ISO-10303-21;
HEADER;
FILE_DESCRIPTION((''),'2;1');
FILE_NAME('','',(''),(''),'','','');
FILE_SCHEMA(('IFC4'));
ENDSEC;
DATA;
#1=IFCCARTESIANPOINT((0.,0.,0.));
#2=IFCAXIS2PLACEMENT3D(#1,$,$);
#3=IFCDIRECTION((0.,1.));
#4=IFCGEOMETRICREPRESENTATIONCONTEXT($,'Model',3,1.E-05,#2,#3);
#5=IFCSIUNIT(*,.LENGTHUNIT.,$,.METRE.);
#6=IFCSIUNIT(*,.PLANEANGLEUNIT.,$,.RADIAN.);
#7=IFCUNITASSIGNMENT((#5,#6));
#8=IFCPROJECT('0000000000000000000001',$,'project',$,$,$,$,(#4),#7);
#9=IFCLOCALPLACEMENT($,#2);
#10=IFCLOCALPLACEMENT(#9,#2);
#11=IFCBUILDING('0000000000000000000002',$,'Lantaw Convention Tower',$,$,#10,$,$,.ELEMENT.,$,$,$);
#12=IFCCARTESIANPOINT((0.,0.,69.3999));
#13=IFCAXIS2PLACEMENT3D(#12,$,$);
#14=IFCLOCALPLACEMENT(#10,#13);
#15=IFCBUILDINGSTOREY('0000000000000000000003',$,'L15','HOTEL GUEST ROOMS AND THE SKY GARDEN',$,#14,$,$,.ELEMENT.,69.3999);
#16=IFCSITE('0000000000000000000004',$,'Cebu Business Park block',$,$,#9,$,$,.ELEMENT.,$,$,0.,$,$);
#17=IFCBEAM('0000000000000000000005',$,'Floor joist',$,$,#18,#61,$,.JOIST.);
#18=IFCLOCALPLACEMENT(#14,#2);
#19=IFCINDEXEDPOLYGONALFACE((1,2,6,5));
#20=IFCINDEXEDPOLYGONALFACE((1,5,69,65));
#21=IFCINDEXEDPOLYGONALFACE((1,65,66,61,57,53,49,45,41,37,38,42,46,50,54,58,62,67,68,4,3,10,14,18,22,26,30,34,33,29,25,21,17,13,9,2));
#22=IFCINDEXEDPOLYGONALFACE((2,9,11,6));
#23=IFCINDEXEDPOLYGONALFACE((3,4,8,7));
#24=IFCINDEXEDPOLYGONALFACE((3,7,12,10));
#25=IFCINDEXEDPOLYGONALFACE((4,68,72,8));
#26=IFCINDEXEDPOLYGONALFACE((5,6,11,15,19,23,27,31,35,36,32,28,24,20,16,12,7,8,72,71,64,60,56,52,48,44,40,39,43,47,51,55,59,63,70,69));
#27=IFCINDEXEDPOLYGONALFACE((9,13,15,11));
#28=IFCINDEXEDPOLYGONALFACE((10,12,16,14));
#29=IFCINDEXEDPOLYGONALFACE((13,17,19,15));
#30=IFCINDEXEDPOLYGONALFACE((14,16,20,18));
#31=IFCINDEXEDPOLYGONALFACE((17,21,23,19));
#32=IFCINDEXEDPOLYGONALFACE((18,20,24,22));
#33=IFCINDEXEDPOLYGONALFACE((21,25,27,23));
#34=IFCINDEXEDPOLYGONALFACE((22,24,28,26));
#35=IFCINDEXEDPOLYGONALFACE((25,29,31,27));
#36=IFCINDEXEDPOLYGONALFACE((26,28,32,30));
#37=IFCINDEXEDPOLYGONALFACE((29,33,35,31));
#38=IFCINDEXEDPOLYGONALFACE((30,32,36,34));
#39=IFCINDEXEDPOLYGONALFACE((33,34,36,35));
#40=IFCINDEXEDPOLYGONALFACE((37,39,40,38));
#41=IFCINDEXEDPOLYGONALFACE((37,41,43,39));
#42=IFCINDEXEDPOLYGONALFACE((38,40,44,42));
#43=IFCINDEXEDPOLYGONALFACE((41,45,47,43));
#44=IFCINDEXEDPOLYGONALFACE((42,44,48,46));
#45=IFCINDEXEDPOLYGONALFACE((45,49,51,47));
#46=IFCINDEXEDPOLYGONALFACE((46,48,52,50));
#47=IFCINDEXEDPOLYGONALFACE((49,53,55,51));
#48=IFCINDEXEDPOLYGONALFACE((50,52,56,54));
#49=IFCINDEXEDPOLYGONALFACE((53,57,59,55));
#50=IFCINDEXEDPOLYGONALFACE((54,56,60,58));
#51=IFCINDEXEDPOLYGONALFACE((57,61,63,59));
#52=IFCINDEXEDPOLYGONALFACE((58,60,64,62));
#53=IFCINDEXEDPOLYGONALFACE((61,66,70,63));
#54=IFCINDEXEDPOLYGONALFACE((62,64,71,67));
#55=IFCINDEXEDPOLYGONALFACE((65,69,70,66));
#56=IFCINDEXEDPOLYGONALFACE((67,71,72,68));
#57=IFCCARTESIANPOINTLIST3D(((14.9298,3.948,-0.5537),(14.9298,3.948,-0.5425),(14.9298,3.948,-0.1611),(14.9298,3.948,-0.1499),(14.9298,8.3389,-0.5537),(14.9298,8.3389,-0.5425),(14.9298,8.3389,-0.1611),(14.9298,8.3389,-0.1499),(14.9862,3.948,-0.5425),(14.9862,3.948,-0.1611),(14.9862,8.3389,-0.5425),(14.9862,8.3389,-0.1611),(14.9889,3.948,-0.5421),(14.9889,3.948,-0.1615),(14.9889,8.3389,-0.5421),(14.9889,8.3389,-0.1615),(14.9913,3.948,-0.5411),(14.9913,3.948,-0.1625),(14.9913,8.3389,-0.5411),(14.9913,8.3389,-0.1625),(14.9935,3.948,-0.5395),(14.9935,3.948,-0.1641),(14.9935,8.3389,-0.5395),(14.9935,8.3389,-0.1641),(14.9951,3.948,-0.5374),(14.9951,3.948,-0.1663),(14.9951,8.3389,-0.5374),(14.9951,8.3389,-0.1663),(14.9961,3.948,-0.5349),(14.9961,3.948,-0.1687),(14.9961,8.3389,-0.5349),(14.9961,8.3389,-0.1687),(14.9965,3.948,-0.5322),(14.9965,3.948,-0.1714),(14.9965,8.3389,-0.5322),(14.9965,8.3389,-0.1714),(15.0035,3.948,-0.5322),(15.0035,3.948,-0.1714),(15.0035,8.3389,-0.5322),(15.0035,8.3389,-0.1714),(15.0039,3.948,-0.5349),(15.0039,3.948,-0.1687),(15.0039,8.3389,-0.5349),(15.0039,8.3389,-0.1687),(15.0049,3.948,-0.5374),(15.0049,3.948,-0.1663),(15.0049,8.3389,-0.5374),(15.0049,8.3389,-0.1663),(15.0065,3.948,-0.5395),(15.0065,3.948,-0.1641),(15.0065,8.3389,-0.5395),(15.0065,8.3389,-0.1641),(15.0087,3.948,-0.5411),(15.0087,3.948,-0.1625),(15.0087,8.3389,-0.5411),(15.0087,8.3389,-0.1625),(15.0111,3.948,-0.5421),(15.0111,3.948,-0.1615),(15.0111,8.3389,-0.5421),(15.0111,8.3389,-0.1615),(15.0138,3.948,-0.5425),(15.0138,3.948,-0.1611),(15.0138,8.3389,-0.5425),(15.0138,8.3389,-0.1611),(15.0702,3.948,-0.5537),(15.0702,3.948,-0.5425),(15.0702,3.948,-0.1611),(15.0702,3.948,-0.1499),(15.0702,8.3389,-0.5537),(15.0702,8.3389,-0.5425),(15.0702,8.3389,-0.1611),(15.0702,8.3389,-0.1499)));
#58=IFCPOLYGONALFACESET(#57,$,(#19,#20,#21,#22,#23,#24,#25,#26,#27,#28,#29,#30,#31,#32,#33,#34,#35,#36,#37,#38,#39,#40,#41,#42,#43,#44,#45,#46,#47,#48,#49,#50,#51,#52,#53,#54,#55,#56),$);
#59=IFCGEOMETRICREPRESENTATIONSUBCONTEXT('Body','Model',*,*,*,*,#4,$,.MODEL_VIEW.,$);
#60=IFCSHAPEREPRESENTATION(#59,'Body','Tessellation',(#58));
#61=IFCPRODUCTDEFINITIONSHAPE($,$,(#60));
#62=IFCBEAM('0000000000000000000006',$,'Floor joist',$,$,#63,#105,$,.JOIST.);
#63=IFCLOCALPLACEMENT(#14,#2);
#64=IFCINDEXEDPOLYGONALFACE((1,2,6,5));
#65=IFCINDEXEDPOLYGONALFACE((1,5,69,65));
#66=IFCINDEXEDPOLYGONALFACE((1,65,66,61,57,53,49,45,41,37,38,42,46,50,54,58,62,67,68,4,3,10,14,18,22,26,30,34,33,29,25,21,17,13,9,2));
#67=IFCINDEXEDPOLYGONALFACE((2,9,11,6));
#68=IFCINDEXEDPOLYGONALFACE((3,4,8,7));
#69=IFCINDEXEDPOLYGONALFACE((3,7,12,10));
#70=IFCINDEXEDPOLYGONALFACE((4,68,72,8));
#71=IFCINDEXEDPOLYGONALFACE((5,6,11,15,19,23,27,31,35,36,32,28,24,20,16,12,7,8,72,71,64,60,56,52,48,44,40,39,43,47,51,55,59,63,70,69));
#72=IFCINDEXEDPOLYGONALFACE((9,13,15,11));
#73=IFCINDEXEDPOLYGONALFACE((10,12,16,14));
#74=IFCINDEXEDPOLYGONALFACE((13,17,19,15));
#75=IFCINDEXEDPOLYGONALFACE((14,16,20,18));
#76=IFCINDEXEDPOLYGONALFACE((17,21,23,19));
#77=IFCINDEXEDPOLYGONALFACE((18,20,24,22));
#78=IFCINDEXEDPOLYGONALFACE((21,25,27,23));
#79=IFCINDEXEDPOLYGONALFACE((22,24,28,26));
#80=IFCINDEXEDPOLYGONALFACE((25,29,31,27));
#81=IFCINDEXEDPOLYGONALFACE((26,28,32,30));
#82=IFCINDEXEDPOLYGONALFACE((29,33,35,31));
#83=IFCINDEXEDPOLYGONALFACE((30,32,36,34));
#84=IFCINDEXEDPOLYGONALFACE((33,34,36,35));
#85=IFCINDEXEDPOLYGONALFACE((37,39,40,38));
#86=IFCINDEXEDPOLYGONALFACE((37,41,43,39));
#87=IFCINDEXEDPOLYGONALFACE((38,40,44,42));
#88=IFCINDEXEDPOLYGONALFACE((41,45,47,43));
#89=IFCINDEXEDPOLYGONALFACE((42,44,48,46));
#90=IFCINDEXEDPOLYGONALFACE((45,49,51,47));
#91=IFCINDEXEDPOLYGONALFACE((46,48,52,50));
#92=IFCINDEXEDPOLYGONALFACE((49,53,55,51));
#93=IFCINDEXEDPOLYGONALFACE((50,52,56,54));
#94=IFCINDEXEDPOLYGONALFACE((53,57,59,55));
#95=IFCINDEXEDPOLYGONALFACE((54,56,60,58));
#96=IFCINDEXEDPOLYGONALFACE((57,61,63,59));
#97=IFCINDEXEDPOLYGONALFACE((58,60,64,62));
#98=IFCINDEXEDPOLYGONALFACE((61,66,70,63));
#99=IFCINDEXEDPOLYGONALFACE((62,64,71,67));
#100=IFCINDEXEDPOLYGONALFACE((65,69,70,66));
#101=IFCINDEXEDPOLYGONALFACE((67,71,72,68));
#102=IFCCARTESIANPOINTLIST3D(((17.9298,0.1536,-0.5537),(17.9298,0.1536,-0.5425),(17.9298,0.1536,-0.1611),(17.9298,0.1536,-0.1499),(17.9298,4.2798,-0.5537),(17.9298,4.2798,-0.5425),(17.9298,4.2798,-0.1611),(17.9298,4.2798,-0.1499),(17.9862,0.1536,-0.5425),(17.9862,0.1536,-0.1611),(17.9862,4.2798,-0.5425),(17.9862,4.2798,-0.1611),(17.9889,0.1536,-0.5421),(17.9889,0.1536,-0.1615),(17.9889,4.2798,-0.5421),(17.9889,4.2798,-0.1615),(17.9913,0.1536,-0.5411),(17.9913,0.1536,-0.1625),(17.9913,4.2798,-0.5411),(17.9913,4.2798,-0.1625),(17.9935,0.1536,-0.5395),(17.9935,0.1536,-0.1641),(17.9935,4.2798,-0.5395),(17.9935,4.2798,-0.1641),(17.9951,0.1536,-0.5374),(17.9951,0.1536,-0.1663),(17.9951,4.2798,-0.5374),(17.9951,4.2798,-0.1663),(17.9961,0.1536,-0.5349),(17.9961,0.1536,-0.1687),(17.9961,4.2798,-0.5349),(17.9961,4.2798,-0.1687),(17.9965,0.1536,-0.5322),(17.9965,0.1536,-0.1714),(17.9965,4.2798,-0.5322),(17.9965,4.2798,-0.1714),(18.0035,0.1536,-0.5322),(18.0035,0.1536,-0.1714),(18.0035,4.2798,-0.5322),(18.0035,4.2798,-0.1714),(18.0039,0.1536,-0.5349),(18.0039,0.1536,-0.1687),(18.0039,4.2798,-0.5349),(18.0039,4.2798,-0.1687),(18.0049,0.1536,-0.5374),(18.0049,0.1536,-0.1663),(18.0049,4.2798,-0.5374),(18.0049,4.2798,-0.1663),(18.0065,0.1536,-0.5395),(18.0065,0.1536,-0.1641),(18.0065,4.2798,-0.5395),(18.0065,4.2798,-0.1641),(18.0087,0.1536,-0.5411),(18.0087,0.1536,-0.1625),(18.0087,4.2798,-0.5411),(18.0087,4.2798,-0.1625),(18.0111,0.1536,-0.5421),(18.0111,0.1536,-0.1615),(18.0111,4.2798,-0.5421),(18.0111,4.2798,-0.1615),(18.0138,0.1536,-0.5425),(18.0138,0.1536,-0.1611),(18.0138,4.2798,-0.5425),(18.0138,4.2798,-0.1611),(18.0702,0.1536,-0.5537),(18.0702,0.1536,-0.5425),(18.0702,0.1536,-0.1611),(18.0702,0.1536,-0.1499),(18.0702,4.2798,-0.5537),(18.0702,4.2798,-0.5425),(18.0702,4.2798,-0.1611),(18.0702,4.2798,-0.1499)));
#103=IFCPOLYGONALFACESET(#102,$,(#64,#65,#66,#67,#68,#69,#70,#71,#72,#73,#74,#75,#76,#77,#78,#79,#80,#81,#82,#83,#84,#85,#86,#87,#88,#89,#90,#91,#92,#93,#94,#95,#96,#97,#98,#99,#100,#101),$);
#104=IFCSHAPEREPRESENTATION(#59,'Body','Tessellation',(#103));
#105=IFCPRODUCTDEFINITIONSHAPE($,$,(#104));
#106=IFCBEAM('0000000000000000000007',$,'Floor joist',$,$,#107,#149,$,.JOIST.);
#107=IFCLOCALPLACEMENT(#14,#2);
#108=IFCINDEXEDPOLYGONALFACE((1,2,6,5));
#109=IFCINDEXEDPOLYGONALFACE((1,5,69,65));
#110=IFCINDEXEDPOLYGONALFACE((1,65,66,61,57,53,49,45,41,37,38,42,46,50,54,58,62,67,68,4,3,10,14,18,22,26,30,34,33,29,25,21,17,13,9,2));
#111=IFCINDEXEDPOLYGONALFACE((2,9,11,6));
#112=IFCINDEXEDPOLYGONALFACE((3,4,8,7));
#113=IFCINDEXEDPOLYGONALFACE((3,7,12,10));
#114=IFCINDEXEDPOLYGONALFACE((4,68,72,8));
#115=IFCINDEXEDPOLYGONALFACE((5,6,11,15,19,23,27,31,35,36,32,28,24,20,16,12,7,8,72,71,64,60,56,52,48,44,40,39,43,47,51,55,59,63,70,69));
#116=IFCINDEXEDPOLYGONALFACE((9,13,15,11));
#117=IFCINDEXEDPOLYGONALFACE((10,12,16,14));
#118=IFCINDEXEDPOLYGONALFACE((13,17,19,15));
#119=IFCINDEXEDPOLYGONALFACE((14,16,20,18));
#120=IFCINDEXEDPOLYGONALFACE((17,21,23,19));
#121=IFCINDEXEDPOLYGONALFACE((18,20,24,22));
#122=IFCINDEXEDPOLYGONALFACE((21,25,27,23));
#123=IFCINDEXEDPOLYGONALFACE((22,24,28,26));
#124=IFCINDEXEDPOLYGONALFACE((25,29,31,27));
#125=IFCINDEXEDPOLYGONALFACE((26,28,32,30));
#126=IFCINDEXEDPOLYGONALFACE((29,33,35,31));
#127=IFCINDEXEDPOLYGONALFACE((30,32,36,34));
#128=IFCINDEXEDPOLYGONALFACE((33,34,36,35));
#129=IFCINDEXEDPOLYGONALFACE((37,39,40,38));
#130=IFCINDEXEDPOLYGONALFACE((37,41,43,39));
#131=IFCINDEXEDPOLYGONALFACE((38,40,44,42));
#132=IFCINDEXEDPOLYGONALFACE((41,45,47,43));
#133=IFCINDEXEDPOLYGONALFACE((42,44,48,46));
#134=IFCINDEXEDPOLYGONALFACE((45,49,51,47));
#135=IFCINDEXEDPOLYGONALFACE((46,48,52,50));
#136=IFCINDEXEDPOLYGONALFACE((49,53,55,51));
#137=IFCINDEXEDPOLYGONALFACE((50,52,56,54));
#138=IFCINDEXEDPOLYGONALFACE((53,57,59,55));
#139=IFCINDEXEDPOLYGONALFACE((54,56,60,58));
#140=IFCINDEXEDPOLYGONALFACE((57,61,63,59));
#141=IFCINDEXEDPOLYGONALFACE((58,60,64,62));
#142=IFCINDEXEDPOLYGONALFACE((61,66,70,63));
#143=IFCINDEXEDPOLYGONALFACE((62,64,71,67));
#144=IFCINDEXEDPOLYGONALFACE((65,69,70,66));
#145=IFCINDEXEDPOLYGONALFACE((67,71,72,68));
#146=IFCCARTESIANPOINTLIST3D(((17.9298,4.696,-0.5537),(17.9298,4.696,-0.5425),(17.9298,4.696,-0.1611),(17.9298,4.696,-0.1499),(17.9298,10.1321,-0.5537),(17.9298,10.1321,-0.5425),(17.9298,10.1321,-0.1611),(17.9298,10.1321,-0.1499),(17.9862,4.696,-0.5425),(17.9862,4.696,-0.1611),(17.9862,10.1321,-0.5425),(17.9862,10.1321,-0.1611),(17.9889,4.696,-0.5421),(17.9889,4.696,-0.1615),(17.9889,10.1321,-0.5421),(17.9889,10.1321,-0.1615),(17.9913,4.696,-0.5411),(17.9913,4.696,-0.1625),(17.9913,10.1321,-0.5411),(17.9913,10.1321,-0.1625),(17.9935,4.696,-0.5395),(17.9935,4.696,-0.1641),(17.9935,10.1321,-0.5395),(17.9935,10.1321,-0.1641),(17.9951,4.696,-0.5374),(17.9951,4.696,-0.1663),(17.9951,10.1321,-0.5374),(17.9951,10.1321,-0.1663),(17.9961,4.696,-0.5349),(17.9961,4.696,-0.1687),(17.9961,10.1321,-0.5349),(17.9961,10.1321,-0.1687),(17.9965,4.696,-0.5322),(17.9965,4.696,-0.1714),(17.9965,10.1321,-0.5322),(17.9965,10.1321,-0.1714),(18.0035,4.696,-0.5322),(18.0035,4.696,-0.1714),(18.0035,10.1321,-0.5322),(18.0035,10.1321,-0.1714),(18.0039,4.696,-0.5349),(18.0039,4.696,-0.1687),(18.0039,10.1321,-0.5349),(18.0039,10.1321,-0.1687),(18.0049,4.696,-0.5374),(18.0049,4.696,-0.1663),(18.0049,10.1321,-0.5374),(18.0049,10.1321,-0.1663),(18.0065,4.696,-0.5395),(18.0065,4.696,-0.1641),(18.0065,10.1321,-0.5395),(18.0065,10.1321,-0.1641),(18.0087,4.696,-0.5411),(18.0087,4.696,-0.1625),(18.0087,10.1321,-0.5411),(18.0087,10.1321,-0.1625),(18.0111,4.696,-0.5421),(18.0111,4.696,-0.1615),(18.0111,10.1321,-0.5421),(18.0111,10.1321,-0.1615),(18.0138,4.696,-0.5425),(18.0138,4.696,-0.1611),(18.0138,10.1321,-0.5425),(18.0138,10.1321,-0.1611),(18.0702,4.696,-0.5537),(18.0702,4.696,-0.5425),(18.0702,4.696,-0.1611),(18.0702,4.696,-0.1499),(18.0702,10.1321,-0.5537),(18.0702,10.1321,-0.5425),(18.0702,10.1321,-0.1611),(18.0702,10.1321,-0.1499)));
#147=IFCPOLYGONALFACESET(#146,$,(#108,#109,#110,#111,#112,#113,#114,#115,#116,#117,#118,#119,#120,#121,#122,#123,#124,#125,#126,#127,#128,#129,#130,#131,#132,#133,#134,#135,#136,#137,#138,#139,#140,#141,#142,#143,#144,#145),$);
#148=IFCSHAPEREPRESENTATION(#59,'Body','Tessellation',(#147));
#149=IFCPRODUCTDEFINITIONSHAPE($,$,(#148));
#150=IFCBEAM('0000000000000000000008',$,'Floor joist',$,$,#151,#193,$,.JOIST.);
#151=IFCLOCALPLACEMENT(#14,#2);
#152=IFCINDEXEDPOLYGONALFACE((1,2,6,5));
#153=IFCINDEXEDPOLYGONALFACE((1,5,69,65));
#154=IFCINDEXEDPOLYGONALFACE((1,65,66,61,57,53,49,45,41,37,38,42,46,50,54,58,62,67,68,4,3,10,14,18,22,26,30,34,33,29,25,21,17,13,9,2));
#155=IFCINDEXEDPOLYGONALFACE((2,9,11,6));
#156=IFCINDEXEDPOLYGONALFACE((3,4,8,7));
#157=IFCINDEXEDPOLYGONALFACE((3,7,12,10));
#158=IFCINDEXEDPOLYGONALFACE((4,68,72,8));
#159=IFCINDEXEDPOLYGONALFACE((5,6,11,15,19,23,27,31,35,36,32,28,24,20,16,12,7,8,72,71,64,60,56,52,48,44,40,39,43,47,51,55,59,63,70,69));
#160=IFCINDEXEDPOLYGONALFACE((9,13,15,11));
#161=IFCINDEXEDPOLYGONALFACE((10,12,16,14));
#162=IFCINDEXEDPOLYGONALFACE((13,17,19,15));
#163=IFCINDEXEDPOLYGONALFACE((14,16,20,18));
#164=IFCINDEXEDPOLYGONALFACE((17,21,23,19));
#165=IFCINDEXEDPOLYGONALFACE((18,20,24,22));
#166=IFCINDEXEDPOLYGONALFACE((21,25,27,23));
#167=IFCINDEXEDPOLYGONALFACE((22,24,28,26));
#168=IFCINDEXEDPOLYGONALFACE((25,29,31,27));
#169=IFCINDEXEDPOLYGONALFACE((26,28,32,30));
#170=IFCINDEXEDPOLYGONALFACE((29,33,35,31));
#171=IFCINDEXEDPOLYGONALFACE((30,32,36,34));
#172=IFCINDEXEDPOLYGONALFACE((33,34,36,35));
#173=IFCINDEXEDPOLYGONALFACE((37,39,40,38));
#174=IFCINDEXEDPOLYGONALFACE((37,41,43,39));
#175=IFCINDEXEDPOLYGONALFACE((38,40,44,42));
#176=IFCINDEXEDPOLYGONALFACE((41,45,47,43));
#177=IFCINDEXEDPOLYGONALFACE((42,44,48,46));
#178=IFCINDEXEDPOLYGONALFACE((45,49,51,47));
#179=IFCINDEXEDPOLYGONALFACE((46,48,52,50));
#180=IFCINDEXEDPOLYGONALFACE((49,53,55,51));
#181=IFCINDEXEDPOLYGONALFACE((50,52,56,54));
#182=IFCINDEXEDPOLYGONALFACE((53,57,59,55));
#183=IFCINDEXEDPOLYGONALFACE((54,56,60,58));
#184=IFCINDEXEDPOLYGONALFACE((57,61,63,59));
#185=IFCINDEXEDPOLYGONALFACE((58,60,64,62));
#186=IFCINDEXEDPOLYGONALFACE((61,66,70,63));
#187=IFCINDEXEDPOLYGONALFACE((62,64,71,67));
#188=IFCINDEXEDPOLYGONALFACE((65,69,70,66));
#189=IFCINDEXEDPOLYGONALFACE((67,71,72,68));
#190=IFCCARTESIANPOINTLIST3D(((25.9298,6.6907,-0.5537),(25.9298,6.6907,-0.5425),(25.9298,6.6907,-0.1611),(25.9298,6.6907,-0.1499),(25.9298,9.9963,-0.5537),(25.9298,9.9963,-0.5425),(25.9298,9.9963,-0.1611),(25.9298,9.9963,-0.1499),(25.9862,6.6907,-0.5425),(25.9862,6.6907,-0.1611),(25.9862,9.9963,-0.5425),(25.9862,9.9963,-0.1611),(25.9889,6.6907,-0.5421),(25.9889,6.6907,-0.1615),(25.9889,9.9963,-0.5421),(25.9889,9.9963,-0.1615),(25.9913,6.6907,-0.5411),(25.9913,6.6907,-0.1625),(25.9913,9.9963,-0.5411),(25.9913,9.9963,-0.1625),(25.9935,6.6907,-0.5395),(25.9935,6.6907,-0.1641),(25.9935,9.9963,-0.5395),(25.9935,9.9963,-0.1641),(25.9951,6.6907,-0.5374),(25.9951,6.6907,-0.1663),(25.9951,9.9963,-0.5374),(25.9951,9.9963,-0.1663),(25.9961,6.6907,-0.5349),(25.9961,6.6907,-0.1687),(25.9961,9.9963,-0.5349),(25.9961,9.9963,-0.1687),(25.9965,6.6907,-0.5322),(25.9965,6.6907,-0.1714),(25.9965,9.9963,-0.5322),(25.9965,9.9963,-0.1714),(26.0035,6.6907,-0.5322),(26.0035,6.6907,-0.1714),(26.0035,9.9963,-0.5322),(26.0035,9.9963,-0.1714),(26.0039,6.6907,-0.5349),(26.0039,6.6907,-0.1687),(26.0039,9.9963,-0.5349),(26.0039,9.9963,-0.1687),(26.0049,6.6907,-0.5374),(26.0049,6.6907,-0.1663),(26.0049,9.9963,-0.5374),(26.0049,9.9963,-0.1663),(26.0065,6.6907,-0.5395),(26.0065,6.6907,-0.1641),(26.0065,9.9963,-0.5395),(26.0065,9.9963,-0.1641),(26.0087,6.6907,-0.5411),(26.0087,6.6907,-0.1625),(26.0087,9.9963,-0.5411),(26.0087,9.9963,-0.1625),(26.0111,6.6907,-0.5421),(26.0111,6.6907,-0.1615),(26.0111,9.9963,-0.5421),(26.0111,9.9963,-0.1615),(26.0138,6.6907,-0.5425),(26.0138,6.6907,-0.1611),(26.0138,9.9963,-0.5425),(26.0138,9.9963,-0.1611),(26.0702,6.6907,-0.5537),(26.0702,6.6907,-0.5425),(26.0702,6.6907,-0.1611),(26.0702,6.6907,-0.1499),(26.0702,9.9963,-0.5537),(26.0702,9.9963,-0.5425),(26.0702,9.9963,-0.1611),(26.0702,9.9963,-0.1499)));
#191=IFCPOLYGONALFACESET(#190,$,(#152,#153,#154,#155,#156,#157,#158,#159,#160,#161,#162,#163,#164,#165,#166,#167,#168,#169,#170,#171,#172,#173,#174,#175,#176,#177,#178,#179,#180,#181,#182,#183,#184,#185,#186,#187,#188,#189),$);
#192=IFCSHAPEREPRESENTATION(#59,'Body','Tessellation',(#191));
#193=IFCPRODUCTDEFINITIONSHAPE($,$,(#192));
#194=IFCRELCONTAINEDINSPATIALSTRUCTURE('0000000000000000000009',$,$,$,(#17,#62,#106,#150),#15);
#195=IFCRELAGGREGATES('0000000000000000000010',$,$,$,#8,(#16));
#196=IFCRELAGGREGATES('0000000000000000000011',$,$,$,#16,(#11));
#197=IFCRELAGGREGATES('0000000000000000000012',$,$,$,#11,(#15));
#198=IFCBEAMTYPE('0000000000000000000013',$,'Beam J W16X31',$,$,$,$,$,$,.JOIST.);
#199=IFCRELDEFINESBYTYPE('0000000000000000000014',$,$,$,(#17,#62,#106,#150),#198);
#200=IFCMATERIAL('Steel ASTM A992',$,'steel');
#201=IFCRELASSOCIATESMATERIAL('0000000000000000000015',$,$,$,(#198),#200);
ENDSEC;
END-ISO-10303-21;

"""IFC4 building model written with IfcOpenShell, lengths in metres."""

from ifc_helpers import new_model, si_unit, direction, frame, origin, origin_2d, place, context, subcontext, project, spatial, i_section, extrude, material, material_profile, profile_set, type_object, element, save


model = new_model("IFC4")

# Units and contexts
model_context = context("Model", 3, precision=1e-05, world=origin(), true_north=direction((0.0, 1.0)))
body_context = subcontext(model_context, "Body", "Model", "MODEL_VIEW")
ifc_project = project(units=[si_unit("LENGTHUNIT", "METRE"), si_unit("PLANEANGLEUNIT", "RADIAN")], contexts=[model_context])

# Site, building, storey
site_placement = place(None, origin())
site = spatial("IfcSite", under=ifc_project, at=site_placement, Name="Cebu Business Park block", CompositionType="ELEMENT", RefElevation=0.0)
building_placement = place(site_placement, origin())
building = spatial("IfcBuilding", under=site, at=building_placement, Name="Lantaw Convention Tower", CompositionType="ELEMENT")
storey_placement = place(building_placement, frame((0.0, 0.0, 69.3999)))
storey = spatial("IfcBuildingStorey", under=building, at=storey_placement, Name="L15", Description="HOTEL GUEST ROOMS AND THE SKY GARDEN", CompositionType="ELEMENT", Elevation=69.3999)

# Beams
ifc_material_1 = material(Name="Steel ASTM A992", Category="steel")
ifc_material_profile_1 = material_profile(ifc_material_1, i_section(OverallWidth=0.1404, OverallDepth=0.4038, WebThickness=0.0071, FlangeThickness=0.0112, FilletRadius=0.0103, at=origin_2d()), Name="W16X31")
ifc_profile_set_1 = profile_set([ifc_material_profile_1], Name="Steel ASTM A992")
beam_type_1 = type_object("IfcBeamType", Name="Beam J W16X31", PredefinedType="JOIST", material=ifc_profile_set_1)
beam_1_placement = place(storey_placement, frame((15.0, 3.948, -0.3518), z_axis=(0.0, 1.0, 0.0), x_axis=(-1.0, 0.0, 0.0)))
element("IfcBeam", 1, at=beam_1_placement, inside=storey, type_object=beam_type_1, Name="Floor joist", PredefinedType="JOIST", context=body_context, shape_type="SweptSolid", body=[
    extrude(i_section(OverallWidth=0.1404, OverallDepth=0.4038, WebThickness=0.0071, FlangeThickness=0.0112, FilletRadius=0.0103, at=origin_2d()), origin(), (0.0, 0.0, 1.0), 4.3909),
])
beam_2_placement = place(storey_placement, frame((18.0, 0.1536, -0.3518), z_axis=(0.0, 1.0, 0.0), x_axis=(-1.0, 0.0, 0.0)))
element("IfcBeam", 2, at=beam_2_placement, inside=storey, type_object=beam_type_1, Name="Floor joist", PredefinedType="JOIST", context=body_context, shape_type="SweptSolid", body=[
    extrude(i_section(OverallWidth=0.1404, OverallDepth=0.4038, WebThickness=0.0071, FlangeThickness=0.0112, FilletRadius=0.0103, at=origin_2d()), origin(), (0.0, 0.0, 1.0), 4.1262),
])
beam_3_placement = place(storey_placement, frame((18.0, 4.696, -0.3518), z_axis=(0.0, 1.0, 0.0), x_axis=(-1.0, 0.0, 0.0)))
element("IfcBeam", 3, at=beam_3_placement, inside=storey, type_object=beam_type_1, Name="Floor joist", PredefinedType="JOIST", context=body_context, shape_type="SweptSolid", body=[
    extrude(i_section(OverallWidth=0.1404, OverallDepth=0.4038, WebThickness=0.0071, FlangeThickness=0.0112, FilletRadius=0.0103, at=origin_2d()), origin(), (0.0, 0.0, 1.0), 5.436),
])
beam_4_placement = place(storey_placement, frame((26.0, 6.6907, -0.3518), z_axis=(0.0, 1.0, 0.0), x_axis=(-1.0, 0.0, 0.0)))
element("IfcBeam", 4, at=beam_4_placement, inside=storey, type_object=beam_type_1, Name="Floor joist", PredefinedType="JOIST", context=body_context, shape_type="SweptSolid", body=[
    extrude(i_section(OverallWidth=0.1404, OverallDepth=0.4038, WebThickness=0.0071, FlangeThickness=0.0112, FilletRadius=0.0103, at=origin_2d()), origin(), (0.0, 0.0, 1.0), 3.3057),
])

save(model, "model.ifc")
